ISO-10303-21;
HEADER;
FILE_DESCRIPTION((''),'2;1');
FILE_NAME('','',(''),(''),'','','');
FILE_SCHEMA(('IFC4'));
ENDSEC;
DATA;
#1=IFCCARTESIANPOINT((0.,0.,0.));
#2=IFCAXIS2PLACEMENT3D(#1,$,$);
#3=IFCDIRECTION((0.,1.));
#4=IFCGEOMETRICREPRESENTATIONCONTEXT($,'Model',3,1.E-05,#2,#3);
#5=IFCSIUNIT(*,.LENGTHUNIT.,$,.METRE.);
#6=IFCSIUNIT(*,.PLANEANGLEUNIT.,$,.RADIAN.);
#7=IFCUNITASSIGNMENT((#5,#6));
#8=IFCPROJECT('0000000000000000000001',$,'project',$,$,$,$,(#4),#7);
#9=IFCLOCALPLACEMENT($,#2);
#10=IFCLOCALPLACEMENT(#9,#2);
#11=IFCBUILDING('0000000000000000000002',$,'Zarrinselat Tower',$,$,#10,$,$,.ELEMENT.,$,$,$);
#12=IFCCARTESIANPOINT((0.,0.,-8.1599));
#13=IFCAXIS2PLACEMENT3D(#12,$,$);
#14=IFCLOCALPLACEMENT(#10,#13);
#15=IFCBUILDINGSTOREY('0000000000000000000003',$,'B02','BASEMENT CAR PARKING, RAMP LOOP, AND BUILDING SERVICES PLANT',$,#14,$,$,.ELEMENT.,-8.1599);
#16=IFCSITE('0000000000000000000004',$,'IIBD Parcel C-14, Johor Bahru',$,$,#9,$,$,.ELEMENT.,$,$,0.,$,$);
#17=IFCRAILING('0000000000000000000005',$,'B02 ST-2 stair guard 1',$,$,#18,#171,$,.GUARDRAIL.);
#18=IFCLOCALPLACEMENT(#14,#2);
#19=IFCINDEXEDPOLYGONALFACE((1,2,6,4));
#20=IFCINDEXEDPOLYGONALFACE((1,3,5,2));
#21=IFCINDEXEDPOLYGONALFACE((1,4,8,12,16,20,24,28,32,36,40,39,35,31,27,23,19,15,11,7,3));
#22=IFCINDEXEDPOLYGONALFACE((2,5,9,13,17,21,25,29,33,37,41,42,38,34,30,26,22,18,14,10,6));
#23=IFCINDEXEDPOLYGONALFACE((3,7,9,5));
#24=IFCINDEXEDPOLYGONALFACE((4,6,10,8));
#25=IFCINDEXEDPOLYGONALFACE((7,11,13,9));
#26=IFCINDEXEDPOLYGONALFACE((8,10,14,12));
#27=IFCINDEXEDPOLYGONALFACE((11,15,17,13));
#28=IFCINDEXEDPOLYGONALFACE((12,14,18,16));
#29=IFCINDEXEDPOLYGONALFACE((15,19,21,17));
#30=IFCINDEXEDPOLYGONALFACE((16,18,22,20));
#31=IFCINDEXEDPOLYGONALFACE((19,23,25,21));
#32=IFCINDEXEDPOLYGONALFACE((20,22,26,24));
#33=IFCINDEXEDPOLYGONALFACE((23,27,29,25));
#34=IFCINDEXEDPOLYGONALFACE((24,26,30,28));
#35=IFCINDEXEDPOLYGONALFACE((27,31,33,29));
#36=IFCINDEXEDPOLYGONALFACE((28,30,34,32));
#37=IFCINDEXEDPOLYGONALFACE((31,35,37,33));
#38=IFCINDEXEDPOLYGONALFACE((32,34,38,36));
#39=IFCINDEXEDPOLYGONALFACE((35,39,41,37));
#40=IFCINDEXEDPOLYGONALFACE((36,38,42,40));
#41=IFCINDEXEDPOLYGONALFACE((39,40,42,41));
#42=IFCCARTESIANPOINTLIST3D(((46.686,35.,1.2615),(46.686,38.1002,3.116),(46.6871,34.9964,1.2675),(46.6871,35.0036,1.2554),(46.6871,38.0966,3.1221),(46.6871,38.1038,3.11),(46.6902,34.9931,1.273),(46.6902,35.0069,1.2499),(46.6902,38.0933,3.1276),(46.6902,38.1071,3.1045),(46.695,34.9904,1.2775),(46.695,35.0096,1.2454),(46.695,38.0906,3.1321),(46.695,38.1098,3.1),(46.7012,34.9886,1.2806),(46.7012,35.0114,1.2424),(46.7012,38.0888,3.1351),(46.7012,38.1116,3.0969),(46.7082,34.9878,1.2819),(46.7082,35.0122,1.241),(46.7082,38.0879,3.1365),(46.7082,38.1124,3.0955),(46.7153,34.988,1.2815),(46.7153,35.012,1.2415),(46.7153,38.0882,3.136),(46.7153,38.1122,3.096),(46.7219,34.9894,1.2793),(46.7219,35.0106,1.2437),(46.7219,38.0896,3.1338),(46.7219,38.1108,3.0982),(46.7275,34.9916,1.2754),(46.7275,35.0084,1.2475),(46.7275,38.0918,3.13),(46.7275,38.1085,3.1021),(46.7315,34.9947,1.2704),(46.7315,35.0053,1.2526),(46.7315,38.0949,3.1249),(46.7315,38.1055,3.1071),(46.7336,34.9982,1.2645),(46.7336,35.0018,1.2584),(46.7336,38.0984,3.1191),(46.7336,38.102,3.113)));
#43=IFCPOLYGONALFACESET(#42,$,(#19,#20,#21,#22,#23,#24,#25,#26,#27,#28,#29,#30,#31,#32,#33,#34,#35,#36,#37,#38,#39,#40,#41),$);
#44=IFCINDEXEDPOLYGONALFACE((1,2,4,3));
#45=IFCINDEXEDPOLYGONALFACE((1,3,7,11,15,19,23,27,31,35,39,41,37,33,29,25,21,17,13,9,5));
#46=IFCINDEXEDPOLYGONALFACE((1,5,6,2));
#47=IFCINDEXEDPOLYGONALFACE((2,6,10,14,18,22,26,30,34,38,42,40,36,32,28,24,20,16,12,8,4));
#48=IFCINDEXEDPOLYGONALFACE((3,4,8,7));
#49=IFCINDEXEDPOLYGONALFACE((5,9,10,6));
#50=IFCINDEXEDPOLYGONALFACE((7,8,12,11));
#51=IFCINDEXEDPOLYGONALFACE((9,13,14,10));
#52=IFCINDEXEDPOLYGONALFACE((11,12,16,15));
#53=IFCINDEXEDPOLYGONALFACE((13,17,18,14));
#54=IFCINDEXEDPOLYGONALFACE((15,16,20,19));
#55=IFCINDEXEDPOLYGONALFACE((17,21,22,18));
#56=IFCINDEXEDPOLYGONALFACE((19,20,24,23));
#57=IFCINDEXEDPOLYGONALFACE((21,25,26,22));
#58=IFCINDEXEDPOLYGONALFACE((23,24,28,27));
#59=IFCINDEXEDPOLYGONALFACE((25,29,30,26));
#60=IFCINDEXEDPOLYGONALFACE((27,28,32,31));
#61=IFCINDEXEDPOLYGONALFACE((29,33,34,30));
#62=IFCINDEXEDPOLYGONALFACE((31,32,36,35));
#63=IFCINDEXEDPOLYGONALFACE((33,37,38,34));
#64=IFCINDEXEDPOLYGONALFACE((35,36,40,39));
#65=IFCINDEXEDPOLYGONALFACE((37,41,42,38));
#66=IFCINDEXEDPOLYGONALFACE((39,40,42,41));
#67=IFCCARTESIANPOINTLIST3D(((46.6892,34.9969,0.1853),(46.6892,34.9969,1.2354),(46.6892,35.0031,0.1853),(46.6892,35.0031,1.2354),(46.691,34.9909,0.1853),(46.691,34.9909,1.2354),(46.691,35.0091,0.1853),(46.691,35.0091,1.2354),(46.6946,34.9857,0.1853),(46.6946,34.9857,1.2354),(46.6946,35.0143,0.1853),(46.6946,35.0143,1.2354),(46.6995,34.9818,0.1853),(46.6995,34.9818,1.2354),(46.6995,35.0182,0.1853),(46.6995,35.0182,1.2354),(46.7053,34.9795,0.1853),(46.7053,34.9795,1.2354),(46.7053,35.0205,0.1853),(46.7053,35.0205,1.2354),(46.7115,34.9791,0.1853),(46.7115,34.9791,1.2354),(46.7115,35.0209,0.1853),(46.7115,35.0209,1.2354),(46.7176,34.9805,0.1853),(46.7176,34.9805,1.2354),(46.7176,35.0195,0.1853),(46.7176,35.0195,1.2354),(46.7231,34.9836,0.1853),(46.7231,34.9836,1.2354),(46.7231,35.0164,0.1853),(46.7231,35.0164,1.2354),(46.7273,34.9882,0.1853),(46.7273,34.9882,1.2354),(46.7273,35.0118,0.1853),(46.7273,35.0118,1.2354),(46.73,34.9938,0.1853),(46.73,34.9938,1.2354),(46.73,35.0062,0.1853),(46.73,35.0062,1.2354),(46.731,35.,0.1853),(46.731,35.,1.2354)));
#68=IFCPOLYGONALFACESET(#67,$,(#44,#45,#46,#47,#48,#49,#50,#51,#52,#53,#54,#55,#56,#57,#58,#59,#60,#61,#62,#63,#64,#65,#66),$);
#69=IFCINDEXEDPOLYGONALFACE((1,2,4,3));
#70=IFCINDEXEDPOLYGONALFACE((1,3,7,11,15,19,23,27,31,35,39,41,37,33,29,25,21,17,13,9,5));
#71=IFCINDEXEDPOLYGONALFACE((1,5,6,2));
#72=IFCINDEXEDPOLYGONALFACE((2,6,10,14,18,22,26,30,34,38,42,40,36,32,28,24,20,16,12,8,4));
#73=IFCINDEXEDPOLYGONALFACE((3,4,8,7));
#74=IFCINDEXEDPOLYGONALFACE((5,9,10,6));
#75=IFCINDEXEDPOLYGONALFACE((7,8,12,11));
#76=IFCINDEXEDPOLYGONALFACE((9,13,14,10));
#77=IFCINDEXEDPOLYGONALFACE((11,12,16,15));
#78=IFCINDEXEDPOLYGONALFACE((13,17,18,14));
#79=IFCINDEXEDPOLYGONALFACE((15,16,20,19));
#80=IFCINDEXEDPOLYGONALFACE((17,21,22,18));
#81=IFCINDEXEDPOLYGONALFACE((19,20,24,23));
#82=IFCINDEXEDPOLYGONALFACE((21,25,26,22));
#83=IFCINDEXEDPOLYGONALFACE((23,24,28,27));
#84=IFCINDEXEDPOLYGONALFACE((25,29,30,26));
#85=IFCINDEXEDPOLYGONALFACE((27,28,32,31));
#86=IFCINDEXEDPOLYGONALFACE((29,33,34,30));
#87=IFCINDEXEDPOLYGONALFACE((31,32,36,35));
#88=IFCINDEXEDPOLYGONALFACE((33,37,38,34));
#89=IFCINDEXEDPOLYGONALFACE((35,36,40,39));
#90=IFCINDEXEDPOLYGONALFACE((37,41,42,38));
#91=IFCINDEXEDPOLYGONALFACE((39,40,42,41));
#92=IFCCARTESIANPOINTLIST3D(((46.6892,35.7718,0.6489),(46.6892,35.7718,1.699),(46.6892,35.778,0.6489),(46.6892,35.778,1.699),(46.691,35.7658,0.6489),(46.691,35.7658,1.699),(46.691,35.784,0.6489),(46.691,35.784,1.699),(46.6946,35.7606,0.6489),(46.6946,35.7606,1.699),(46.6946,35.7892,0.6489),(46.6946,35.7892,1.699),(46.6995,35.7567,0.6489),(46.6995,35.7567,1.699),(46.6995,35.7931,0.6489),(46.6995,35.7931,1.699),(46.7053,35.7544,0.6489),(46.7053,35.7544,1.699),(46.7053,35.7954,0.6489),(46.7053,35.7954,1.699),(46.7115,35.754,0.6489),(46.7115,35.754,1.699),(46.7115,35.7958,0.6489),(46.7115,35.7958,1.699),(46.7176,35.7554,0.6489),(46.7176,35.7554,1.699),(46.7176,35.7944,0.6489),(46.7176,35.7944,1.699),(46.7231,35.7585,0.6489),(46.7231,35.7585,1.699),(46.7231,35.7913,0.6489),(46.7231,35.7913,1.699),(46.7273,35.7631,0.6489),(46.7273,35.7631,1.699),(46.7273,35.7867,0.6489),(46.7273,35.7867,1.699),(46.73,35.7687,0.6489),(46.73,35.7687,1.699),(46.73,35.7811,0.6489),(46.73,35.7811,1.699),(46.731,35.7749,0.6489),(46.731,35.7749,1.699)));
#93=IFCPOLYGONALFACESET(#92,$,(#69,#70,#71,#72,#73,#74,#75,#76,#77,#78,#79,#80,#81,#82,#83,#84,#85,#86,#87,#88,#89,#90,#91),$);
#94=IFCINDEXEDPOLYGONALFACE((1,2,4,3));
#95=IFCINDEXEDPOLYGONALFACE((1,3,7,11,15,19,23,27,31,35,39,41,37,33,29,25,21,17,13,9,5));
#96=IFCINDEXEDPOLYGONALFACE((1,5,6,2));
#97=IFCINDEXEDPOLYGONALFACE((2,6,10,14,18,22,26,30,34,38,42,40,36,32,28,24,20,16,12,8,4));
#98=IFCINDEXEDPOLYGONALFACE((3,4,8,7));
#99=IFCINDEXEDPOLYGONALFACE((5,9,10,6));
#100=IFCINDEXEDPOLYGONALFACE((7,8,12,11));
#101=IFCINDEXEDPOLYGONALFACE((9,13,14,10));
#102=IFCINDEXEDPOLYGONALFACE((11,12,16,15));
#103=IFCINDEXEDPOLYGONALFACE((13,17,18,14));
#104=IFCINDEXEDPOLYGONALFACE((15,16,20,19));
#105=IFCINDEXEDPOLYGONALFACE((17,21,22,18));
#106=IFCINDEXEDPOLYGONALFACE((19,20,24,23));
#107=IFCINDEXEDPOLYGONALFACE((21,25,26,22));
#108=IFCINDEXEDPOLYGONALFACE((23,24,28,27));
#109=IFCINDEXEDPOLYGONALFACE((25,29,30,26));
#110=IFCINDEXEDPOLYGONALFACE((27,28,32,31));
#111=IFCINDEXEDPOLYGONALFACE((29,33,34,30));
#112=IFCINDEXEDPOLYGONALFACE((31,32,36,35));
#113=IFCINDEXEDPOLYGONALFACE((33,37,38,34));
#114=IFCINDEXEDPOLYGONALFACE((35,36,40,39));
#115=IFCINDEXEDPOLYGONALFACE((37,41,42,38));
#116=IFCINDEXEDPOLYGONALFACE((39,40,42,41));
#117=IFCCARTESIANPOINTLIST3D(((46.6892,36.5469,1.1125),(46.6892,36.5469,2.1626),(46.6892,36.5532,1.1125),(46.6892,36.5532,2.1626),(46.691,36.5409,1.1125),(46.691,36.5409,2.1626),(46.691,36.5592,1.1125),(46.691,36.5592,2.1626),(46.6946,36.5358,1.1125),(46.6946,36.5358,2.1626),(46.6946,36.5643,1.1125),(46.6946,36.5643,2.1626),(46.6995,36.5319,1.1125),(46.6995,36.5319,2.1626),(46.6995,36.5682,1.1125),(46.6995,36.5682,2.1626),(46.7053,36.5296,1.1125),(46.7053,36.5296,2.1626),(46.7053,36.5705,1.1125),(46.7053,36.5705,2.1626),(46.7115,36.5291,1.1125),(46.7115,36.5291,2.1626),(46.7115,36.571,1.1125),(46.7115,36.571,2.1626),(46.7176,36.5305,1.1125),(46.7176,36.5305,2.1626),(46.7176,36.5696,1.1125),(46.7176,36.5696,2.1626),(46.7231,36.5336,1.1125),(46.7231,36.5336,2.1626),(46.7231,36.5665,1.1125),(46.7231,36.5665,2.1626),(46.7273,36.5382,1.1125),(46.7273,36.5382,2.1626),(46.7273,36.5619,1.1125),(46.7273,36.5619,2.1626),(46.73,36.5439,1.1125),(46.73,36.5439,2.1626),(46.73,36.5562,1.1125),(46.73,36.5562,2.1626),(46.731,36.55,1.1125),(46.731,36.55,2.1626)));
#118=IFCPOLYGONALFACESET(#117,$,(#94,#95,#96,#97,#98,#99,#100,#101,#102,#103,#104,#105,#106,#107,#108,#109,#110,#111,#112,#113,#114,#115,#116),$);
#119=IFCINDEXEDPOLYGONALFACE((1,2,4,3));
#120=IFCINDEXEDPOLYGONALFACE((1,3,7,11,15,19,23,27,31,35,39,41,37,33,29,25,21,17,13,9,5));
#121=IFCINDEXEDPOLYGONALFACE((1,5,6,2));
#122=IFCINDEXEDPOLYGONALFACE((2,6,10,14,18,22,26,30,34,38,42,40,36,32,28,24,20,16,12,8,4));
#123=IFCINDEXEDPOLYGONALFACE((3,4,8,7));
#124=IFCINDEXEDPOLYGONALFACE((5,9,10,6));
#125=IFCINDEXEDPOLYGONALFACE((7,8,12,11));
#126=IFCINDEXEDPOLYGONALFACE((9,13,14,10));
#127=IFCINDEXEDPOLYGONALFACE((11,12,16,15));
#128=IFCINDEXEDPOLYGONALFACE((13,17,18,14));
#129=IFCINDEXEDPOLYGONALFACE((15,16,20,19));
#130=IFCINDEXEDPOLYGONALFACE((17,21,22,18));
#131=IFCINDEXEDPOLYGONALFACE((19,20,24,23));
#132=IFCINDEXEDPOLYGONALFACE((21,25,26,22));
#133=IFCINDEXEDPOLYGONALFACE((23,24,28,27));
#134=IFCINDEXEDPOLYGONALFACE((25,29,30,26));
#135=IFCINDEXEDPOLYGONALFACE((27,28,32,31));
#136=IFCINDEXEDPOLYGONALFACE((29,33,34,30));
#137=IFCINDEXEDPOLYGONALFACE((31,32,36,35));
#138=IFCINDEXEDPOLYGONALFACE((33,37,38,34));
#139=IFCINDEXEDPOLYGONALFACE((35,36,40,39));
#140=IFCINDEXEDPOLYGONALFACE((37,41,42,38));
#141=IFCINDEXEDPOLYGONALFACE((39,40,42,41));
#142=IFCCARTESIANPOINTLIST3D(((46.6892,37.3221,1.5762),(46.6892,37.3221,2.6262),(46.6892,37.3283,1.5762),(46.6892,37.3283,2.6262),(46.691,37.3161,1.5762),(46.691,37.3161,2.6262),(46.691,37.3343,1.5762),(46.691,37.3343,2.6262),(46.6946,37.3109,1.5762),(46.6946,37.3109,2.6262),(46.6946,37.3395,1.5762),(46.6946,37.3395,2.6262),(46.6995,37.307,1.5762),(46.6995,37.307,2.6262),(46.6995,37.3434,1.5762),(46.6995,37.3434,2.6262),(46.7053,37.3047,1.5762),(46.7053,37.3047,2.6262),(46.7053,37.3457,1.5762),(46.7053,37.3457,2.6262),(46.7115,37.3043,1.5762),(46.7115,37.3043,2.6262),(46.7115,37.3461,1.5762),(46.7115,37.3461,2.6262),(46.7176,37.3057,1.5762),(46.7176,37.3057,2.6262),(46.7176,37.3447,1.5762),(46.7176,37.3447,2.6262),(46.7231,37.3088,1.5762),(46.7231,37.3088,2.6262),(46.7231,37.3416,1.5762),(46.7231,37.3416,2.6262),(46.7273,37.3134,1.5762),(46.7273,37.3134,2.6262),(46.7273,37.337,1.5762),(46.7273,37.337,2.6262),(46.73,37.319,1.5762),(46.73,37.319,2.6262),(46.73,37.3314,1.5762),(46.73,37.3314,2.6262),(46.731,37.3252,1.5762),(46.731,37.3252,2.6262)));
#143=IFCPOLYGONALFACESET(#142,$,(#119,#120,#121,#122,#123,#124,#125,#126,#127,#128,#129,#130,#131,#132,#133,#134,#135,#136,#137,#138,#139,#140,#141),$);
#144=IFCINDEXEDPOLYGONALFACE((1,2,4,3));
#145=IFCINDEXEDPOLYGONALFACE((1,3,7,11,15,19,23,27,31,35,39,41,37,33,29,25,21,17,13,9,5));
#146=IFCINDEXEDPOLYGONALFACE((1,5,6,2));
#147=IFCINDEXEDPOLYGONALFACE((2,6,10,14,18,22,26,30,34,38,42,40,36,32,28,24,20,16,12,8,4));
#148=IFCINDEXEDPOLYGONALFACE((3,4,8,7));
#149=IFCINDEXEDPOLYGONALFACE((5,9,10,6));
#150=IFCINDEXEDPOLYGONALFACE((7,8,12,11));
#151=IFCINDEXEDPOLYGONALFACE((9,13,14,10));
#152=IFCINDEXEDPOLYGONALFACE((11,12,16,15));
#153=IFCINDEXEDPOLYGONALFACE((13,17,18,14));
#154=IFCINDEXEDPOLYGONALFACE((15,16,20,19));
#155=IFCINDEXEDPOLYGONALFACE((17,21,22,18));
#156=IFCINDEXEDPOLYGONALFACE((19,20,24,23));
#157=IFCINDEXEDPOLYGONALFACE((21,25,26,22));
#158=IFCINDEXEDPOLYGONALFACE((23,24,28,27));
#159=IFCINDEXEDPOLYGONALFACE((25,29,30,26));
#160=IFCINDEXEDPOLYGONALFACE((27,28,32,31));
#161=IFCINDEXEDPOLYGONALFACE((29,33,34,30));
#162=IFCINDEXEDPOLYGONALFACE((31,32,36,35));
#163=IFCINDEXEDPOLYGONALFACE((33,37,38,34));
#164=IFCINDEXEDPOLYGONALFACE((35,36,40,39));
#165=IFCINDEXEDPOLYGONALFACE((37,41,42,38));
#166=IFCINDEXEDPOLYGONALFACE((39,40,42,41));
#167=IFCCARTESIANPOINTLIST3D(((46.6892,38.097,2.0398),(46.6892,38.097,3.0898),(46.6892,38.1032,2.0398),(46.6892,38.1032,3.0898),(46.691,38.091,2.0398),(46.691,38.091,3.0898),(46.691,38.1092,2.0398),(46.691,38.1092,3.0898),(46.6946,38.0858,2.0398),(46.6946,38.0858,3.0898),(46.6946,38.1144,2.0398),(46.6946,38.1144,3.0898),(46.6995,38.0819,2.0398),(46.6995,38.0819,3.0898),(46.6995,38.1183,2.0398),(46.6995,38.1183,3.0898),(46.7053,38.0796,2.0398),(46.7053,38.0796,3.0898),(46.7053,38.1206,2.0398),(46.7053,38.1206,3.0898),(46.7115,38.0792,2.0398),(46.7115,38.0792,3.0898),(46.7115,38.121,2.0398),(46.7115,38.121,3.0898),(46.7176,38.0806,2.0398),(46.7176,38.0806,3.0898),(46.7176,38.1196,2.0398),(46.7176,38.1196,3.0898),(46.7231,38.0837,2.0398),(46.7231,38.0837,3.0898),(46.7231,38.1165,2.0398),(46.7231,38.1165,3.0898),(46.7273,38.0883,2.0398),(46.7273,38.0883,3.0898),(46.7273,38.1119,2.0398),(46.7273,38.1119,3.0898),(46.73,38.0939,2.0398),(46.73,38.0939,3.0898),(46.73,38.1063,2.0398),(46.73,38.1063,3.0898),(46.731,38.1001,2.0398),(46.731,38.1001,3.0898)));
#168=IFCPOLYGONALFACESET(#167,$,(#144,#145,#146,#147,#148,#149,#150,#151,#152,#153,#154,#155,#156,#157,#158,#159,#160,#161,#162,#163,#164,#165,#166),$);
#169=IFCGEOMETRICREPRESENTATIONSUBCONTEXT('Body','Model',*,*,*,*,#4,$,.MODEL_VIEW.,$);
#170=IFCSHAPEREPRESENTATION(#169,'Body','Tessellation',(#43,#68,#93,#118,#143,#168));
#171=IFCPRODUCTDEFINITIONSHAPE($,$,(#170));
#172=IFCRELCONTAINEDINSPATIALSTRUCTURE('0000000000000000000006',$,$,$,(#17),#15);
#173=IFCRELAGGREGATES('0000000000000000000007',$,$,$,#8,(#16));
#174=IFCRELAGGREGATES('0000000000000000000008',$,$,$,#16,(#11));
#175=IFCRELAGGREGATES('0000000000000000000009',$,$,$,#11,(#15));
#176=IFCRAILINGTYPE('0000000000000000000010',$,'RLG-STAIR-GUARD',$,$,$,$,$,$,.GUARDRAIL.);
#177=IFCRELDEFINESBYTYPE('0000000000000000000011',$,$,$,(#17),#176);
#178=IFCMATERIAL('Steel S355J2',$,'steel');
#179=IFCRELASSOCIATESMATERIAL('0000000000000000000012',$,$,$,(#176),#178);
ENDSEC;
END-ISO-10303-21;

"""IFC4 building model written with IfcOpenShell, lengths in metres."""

from ifc_helpers import new_model, si_unit, direction, frame, origin, origin_2d, place, context, subcontext, project, spatial, circle, extrude, material, type_object, element, save


model = new_model("IFC4")

# Units and contexts
model_context = context("Model", 3, precision=1e-05, world=origin(), true_north=direction((0.0, 1.0)))
body_context = subcontext(model_context, "Body", "Model", "MODEL_VIEW")
ifc_project = project(units=[si_unit("LENGTHUNIT", "METRE"), si_unit("PLANEANGLEUNIT", "RADIAN")], contexts=[model_context])

# Site, building, storey
site_placement = place(None, origin())
site = spatial("IfcSite", under=ifc_project, at=site_placement, Name="IIBD Parcel C-14, Johor Bahru", CompositionType="ELEMENT", RefElevation=0.0)
building_placement = place(site_placement, origin())
building = spatial("IfcBuilding", under=site, at=building_placement, Name="Zarrinselat Tower", CompositionType="ELEMENT")
storey_placement = place(building_placement, frame((0.0, 0.0, -8.1599)))
storey = spatial("IfcBuildingStorey", under=building, at=storey_placement, Name="B02", Description="BASEMENT CAR PARKING, RAMP LOOP, AND BUILDING SERVICES PLANT", CompositionType="ELEMENT", Elevation=-8.1599)

# Railing
ifc_material_1 = material(Name="Steel S355J2", Category="steel")
railing_type_1 = type_object("IfcRailingType", Name="RLG-STAIR-GUARD", PredefinedType="GUARDRAIL", material=ifc_material_1)
railing_1_placement = place(storey_placement, frame((46.71, 35.0, 0.1853)))
element("IfcRailing", 1, at=railing_1_placement, inside=storey, type_object=railing_type_1, Name="B02 ST-2 stair guard 1", PredefinedType="GUARDRAIL", context=body_context, shape_type="SweptSolid", body=[
    extrude(circle(Radius=0.0239, at=origin_2d()), frame((0.0, 0.0, 1.0762), z_axis=(0.0, 0.858172, 0.513362), x_axis=(-1.0, 0.0, 0.0)), (0.0, 0.0, 1.0), 3.6125),
    extrude(circle(Radius=0.021, at=origin_2d()), origin(), (0.0, 0.0, 1.0), 1.05),
    extrude(circle(Radius=0.021, at=origin_2d()), frame((0.0, 0.7749, 0.4636)), (0.0, 0.0, 1.0), 1.05),
    extrude(circle(Radius=0.021, at=origin_2d()), frame((0.0, 1.55, 0.9272)), (0.0, 0.0, 1.0), 1.05),
    extrude(circle(Radius=0.021, at=origin_2d()), frame((0.0, 2.3252, 1.3909)), (0.0, 0.0, 1.0), 1.05),
    extrude(circle(Radius=0.021, at=origin_2d()), frame((0.0, 3.1001, 1.8545)), (0.0, 0.0, 1.0), 1.05),
])

save(model, "model.ifc")
